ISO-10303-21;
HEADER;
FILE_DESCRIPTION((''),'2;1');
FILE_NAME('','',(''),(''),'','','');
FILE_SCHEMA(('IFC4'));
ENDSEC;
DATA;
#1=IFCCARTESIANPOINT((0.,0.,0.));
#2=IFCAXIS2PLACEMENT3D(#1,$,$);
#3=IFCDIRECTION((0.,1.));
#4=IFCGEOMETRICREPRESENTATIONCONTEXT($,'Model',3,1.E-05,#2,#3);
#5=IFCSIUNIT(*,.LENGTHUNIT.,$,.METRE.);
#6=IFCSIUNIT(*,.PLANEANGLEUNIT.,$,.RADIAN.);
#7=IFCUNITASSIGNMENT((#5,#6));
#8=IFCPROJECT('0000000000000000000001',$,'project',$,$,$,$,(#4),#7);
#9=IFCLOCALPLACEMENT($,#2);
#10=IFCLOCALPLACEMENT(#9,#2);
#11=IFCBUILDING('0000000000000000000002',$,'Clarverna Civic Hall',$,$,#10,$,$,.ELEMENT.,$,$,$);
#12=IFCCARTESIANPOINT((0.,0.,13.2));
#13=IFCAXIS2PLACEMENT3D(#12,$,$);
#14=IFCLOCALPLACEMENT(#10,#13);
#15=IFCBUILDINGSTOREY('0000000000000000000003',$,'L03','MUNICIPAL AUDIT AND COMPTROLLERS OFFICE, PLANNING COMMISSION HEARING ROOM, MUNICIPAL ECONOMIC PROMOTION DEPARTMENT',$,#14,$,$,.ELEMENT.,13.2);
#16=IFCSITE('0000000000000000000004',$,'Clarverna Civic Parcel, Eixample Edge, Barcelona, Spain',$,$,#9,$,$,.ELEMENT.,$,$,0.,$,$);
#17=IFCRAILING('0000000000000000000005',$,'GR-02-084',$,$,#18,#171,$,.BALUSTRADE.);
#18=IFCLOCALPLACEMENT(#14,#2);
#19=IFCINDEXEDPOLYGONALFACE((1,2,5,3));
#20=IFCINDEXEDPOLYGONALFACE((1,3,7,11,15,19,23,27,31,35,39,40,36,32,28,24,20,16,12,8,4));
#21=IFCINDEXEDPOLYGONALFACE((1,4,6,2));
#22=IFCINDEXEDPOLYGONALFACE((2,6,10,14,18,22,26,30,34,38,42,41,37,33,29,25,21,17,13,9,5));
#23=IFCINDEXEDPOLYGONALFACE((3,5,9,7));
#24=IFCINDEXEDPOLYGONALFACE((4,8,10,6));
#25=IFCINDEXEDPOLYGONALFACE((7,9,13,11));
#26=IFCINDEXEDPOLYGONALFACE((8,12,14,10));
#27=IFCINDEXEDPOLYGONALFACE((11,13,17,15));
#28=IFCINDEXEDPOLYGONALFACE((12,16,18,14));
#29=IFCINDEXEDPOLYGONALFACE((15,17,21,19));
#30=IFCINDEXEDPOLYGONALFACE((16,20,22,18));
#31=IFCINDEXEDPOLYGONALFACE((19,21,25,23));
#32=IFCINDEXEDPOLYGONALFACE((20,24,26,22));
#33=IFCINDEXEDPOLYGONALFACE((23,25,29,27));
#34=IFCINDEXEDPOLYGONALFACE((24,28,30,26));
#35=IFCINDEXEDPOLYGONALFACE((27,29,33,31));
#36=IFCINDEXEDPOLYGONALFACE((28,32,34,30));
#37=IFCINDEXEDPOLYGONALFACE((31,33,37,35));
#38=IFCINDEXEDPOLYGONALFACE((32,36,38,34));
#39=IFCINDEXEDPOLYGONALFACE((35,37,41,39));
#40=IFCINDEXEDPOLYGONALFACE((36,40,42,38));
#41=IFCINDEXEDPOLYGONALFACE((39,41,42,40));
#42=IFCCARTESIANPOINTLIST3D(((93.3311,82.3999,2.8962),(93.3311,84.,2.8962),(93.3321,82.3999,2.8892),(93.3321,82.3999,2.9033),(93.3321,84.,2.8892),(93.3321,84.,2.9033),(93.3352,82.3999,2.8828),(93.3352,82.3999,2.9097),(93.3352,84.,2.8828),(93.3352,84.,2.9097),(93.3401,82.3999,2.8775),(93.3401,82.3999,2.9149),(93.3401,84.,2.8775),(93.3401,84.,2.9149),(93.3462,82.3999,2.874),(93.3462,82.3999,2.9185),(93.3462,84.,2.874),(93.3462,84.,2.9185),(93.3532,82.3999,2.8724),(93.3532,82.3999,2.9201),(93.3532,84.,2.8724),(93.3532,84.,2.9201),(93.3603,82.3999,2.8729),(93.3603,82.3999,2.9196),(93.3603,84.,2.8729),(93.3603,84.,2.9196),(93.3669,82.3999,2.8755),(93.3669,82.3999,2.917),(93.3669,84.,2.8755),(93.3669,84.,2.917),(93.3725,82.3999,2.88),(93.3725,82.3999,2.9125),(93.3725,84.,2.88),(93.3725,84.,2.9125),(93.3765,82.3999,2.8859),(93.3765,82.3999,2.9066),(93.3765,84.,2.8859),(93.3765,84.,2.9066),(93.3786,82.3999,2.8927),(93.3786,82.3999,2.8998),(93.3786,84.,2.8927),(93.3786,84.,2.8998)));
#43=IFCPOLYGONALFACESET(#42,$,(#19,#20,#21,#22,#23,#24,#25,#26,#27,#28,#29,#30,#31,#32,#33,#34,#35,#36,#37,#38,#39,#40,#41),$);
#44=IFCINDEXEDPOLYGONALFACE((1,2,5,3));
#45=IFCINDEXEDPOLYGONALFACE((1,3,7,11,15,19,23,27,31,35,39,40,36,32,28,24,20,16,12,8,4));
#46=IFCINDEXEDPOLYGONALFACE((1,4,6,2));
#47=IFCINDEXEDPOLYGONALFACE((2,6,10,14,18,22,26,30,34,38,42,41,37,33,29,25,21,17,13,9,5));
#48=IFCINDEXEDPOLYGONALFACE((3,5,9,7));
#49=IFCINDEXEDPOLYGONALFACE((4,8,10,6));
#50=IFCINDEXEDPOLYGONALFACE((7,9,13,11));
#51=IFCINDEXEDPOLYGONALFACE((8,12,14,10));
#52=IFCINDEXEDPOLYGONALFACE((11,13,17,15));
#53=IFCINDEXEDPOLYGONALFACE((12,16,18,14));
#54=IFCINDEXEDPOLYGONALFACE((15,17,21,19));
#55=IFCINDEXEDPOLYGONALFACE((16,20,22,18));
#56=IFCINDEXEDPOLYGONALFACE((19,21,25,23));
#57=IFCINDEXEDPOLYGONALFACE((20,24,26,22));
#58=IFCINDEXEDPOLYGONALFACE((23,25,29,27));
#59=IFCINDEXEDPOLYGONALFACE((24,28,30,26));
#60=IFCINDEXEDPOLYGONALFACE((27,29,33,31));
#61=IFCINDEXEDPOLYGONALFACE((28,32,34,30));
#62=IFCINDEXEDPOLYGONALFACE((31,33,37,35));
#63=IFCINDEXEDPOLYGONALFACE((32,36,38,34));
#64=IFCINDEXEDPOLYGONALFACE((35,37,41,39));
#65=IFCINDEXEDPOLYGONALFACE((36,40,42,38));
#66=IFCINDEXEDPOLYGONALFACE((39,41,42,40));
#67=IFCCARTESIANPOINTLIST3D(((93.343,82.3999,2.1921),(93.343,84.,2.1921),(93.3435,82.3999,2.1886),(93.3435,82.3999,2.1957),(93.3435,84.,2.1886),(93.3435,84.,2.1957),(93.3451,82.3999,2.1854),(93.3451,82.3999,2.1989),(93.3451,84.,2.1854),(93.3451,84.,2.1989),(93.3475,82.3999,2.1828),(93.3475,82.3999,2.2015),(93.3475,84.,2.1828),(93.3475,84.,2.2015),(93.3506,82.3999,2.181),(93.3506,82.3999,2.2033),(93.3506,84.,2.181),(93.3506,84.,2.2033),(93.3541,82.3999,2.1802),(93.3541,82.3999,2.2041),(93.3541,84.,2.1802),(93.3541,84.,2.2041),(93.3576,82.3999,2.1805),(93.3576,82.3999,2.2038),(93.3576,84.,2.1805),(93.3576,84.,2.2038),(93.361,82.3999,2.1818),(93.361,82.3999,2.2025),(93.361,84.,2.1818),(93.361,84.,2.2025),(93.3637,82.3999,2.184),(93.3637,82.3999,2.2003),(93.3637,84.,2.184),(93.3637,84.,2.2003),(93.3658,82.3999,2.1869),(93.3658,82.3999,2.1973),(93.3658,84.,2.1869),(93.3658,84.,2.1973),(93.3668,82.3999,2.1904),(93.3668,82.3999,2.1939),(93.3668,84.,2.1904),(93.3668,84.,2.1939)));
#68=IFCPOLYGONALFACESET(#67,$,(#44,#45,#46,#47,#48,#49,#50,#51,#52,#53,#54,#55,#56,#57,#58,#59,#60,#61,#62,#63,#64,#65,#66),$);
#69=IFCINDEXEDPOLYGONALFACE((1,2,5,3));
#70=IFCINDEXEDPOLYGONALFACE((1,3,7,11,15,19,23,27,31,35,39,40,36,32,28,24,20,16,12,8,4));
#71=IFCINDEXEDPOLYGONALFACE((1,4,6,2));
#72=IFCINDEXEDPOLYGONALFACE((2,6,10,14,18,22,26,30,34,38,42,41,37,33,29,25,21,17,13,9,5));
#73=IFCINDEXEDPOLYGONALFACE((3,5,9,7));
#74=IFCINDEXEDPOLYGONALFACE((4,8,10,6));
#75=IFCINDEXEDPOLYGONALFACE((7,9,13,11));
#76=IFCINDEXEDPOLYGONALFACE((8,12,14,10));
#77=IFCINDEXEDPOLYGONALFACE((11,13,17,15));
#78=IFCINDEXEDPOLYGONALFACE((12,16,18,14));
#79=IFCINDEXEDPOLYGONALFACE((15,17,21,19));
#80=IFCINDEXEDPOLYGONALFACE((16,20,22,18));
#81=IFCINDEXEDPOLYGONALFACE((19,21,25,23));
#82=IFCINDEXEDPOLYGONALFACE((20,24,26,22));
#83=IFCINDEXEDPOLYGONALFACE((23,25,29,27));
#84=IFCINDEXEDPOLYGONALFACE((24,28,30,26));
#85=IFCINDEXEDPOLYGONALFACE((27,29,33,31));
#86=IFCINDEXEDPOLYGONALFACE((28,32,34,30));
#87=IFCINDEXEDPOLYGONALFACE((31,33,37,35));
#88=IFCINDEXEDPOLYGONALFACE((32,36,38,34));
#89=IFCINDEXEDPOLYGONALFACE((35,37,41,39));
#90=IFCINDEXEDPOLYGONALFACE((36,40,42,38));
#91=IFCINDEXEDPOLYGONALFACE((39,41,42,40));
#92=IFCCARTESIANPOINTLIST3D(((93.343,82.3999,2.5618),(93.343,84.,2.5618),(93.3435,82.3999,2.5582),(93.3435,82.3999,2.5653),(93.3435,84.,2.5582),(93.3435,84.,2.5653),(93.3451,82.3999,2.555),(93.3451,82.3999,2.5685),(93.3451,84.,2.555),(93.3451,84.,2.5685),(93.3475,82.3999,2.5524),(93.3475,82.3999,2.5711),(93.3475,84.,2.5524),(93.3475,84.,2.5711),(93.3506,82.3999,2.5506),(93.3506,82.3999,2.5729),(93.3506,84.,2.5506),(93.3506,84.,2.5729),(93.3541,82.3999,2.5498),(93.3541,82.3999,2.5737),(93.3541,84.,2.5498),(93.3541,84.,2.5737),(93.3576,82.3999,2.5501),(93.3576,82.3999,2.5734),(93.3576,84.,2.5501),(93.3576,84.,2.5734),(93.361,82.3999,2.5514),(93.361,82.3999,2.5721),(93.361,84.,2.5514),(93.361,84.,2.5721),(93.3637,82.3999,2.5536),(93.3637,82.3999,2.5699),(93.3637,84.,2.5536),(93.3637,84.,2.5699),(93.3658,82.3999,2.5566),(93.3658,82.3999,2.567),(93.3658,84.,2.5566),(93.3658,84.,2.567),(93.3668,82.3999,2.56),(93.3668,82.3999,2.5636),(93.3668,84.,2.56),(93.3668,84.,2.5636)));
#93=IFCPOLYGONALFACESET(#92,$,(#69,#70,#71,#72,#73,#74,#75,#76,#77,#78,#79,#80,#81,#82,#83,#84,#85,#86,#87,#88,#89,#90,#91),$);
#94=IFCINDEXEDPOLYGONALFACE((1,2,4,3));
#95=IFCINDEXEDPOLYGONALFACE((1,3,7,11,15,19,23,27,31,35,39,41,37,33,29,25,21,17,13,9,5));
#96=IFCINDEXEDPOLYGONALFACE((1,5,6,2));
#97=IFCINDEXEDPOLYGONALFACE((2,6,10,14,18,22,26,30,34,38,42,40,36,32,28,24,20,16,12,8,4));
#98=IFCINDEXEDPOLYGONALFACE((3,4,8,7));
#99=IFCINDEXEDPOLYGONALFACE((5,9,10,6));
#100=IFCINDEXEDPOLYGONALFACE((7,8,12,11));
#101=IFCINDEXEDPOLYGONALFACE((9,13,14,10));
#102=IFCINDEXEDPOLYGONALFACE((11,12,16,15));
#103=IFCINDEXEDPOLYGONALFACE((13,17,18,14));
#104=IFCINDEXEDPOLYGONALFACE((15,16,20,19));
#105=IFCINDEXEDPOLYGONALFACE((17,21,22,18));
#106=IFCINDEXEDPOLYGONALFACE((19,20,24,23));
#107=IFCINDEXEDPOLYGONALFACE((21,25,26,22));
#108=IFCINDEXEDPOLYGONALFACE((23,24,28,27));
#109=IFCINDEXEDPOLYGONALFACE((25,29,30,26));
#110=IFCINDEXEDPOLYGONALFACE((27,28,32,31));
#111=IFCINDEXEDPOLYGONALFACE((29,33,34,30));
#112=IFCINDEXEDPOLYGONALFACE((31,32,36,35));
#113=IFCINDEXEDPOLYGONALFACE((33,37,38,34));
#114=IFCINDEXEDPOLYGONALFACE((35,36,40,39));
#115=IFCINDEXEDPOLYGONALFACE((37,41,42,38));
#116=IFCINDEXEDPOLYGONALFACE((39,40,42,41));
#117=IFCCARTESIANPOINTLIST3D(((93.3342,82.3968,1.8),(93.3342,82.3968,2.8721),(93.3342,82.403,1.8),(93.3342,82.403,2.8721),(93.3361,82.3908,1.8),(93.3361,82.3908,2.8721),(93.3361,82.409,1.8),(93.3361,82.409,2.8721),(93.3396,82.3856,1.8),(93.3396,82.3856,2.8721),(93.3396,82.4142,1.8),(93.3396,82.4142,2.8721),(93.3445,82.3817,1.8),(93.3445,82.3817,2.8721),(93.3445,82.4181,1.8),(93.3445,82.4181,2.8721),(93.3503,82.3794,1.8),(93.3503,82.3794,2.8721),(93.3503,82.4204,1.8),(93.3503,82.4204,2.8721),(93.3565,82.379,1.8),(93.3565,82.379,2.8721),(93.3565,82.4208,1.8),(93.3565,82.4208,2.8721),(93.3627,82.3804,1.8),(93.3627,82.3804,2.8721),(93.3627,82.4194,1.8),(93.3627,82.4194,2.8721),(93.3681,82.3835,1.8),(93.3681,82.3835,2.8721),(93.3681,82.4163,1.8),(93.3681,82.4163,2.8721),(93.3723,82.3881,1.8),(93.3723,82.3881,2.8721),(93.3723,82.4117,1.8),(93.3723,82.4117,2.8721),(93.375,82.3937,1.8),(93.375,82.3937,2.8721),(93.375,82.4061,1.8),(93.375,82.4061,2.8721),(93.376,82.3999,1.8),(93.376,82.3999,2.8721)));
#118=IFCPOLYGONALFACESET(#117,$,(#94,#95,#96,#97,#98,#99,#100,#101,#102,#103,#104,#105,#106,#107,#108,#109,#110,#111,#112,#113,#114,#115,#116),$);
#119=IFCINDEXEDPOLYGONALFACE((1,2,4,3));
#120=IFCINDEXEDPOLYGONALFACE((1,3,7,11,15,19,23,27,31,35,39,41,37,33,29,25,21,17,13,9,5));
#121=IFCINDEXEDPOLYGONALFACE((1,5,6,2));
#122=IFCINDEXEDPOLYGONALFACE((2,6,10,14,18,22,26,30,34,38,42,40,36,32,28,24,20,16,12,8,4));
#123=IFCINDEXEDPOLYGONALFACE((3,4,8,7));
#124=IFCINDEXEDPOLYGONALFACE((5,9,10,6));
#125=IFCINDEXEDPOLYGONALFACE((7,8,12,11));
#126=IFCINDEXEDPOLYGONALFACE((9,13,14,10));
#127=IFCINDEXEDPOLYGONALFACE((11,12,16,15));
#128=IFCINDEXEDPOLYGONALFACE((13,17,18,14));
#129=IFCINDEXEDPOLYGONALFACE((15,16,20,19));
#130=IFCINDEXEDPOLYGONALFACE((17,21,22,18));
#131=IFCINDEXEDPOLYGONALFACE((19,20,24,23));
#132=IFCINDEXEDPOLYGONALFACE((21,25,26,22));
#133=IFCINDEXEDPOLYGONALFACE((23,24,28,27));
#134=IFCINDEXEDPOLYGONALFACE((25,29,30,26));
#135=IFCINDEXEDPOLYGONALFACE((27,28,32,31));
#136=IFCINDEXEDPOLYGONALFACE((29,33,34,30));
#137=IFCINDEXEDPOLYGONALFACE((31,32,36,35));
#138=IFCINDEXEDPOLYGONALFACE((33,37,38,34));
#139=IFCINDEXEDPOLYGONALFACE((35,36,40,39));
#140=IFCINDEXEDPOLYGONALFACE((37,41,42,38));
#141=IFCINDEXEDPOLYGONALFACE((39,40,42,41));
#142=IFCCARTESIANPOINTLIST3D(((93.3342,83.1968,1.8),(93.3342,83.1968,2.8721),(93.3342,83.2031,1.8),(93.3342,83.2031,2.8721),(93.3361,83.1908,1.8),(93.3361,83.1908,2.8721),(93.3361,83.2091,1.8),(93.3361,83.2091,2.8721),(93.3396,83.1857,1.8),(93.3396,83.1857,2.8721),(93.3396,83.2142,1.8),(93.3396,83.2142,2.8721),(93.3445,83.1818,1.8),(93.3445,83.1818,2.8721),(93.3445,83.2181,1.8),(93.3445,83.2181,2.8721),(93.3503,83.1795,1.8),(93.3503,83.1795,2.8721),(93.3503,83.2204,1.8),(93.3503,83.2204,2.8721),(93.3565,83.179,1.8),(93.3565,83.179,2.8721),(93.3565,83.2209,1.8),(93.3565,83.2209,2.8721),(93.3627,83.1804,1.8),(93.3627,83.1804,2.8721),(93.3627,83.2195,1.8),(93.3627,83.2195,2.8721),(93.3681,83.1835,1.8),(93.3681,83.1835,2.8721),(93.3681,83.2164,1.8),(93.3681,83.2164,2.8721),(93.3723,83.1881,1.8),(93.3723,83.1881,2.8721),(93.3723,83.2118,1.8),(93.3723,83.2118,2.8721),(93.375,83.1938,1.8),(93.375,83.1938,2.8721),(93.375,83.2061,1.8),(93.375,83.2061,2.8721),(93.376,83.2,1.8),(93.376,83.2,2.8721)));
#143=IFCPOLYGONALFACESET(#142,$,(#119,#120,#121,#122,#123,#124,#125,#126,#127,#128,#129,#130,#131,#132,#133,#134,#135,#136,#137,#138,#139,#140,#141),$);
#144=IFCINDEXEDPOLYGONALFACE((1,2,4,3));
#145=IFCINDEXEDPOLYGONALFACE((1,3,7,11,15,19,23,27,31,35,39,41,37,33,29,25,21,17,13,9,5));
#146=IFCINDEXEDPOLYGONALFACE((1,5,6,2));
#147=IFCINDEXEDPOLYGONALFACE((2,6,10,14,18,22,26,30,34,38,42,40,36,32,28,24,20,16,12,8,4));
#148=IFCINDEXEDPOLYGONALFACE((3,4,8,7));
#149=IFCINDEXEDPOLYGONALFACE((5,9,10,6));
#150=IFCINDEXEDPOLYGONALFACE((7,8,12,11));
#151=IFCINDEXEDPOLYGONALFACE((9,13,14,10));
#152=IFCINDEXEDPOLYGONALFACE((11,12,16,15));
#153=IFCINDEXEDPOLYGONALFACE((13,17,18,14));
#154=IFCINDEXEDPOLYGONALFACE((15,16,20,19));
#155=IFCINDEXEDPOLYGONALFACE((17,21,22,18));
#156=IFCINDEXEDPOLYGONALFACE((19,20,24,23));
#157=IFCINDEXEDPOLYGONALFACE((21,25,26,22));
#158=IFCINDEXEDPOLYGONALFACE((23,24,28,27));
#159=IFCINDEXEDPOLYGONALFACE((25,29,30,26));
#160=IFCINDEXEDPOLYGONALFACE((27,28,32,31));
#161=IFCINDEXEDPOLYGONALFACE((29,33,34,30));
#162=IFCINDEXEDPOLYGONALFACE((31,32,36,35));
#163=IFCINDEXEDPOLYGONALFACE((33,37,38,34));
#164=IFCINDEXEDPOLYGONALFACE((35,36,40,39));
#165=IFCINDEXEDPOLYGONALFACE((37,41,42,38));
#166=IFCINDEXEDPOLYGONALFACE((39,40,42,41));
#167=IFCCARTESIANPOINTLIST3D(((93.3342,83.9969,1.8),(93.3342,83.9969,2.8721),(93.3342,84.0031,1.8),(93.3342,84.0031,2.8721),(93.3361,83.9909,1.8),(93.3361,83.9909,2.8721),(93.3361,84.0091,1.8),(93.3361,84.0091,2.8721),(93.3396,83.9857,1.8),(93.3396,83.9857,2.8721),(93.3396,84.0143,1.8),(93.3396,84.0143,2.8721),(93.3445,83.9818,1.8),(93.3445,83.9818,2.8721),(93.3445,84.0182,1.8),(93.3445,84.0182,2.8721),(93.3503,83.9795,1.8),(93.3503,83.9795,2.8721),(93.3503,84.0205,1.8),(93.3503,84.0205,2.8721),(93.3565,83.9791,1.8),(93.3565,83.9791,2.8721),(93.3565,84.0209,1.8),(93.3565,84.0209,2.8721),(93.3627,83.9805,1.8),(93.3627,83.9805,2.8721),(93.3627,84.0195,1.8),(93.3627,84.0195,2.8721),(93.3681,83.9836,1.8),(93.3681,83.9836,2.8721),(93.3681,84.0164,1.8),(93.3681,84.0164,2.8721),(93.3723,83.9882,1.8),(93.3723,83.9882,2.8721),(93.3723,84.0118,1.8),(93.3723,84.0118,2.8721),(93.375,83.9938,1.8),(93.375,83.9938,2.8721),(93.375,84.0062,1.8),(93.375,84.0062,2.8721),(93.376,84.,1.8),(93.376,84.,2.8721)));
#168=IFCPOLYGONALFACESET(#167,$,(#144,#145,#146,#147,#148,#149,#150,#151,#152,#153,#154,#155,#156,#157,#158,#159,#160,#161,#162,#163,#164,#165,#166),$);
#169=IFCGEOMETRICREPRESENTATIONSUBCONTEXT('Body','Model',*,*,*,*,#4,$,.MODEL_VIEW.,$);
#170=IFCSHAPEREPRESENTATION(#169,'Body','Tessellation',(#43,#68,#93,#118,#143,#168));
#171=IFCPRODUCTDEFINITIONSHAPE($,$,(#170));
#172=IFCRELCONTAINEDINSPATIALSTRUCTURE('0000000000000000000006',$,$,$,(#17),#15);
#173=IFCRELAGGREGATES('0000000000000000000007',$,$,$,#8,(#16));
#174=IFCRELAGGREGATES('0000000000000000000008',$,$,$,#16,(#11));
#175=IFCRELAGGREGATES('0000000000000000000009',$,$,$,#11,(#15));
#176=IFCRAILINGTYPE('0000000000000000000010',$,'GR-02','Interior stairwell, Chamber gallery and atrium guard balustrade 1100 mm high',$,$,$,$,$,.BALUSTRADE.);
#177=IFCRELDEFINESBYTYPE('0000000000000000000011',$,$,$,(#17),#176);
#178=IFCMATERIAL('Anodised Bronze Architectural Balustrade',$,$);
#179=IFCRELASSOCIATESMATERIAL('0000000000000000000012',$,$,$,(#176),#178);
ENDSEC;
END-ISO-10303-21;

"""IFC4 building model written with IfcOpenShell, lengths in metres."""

from ifc_helpers import new_model, si_unit, direction, frame, origin, origin_2d, place, context, subcontext, project, spatial, circle, extrude, material, type_object, element, save


model = new_model("IFC4")

# Units and contexts
model_context = context("Model", 3, precision=1e-05, world=origin(), true_north=direction((0.0, 1.0)))
body_context = subcontext(model_context, "Body", "Model", "MODEL_VIEW")
ifc_project = project(units=[si_unit("LENGTHUNIT", "METRE"), si_unit("PLANEANGLEUNIT", "RADIAN")], contexts=[model_context])

# Site, building, storey
site_placement = place(None, origin())
site = spatial("IfcSite", under=ifc_project, at=site_placement, Name="Clarverna Civic Parcel, Eixample Edge, Barcelona, Spain", CompositionType="ELEMENT", RefElevation=0.0)
building_placement = place(site_placement, origin())
building = spatial("IfcBuilding", under=site, at=building_placement, Name="Clarverna Civic Hall", CompositionType="ELEMENT")
storey_placement = place(building_placement, frame((0.0, 0.0, 13.2)))
storey = spatial("IfcBuildingStorey", under=building, at=storey_placement, Name="L03", Description="MUNICIPAL AUDIT AND COMPTROLLERS OFFICE, PLANNING COMMISSION HEARING ROOM, MUNICIPAL ECONOMIC PROMOTION DEPARTMENT", CompositionType="ELEMENT", Elevation=13.2)

# Railing
ifc_material_1 = material(Name="Anodised Bronze Architectural Balustrade")
railing_type_1 = type_object("IfcRailingType", Name="GR-02", Description="Interior stairwell, Chamber gallery and atrium guard balustrade 1100 mm high", PredefinedType="BALUSTRADE", material=ifc_material_1)
railing_1_placement = place(storey_placement, frame((93.355, 82.3999, 1.8)))
element("IfcRailing", 1, at=railing_1_placement, inside=storey, type_object=railing_type_1, Name="GR-02-084", PredefinedType="BALUSTRADE", context=body_context, shape_type="SweptSolid", body=[
    extrude(circle(Radius=0.0239, at=origin_2d()), frame((0.0, 0.0, 1.0962), z_axis=(0.0, 1.0, 0.0), x_axis=(-1.0, 0.0, 0.0)), (0.0, 0.0, 1.0), 1.6001),
    extrude(circle(Radius=0.012, at=origin_2d()), frame((0.0, 0.0, 0.3921), z_axis=(0.0, 1.0, 0.0), x_axis=(-1.0, 0.0, 0.0)), (0.0, 0.0, 1.0), 1.6001),
    extrude(circle(Radius=0.012, at=origin_2d()), frame((0.0, 0.0, 0.7617), z_axis=(0.0, 1.0, 0.0), x_axis=(-1.0, 0.0, 0.0)), (0.0, 0.0, 1.0), 1.6001),
    extrude(circle(Radius=0.021, at=origin_2d()), origin(), (0.0, 0.0, 1.0), 1.072),
    extrude(circle(Radius=0.021, at=origin_2d()), frame((0.0, 0.8, 0.0)), (0.0, 0.0, 1.0), 1.072),
    extrude(circle(Radius=0.021, at=origin_2d()), frame((0.0, 1.6001, 0.0)), (0.0, 0.0, 1.0), 1.072),
])

save(model, "model.ifc")
